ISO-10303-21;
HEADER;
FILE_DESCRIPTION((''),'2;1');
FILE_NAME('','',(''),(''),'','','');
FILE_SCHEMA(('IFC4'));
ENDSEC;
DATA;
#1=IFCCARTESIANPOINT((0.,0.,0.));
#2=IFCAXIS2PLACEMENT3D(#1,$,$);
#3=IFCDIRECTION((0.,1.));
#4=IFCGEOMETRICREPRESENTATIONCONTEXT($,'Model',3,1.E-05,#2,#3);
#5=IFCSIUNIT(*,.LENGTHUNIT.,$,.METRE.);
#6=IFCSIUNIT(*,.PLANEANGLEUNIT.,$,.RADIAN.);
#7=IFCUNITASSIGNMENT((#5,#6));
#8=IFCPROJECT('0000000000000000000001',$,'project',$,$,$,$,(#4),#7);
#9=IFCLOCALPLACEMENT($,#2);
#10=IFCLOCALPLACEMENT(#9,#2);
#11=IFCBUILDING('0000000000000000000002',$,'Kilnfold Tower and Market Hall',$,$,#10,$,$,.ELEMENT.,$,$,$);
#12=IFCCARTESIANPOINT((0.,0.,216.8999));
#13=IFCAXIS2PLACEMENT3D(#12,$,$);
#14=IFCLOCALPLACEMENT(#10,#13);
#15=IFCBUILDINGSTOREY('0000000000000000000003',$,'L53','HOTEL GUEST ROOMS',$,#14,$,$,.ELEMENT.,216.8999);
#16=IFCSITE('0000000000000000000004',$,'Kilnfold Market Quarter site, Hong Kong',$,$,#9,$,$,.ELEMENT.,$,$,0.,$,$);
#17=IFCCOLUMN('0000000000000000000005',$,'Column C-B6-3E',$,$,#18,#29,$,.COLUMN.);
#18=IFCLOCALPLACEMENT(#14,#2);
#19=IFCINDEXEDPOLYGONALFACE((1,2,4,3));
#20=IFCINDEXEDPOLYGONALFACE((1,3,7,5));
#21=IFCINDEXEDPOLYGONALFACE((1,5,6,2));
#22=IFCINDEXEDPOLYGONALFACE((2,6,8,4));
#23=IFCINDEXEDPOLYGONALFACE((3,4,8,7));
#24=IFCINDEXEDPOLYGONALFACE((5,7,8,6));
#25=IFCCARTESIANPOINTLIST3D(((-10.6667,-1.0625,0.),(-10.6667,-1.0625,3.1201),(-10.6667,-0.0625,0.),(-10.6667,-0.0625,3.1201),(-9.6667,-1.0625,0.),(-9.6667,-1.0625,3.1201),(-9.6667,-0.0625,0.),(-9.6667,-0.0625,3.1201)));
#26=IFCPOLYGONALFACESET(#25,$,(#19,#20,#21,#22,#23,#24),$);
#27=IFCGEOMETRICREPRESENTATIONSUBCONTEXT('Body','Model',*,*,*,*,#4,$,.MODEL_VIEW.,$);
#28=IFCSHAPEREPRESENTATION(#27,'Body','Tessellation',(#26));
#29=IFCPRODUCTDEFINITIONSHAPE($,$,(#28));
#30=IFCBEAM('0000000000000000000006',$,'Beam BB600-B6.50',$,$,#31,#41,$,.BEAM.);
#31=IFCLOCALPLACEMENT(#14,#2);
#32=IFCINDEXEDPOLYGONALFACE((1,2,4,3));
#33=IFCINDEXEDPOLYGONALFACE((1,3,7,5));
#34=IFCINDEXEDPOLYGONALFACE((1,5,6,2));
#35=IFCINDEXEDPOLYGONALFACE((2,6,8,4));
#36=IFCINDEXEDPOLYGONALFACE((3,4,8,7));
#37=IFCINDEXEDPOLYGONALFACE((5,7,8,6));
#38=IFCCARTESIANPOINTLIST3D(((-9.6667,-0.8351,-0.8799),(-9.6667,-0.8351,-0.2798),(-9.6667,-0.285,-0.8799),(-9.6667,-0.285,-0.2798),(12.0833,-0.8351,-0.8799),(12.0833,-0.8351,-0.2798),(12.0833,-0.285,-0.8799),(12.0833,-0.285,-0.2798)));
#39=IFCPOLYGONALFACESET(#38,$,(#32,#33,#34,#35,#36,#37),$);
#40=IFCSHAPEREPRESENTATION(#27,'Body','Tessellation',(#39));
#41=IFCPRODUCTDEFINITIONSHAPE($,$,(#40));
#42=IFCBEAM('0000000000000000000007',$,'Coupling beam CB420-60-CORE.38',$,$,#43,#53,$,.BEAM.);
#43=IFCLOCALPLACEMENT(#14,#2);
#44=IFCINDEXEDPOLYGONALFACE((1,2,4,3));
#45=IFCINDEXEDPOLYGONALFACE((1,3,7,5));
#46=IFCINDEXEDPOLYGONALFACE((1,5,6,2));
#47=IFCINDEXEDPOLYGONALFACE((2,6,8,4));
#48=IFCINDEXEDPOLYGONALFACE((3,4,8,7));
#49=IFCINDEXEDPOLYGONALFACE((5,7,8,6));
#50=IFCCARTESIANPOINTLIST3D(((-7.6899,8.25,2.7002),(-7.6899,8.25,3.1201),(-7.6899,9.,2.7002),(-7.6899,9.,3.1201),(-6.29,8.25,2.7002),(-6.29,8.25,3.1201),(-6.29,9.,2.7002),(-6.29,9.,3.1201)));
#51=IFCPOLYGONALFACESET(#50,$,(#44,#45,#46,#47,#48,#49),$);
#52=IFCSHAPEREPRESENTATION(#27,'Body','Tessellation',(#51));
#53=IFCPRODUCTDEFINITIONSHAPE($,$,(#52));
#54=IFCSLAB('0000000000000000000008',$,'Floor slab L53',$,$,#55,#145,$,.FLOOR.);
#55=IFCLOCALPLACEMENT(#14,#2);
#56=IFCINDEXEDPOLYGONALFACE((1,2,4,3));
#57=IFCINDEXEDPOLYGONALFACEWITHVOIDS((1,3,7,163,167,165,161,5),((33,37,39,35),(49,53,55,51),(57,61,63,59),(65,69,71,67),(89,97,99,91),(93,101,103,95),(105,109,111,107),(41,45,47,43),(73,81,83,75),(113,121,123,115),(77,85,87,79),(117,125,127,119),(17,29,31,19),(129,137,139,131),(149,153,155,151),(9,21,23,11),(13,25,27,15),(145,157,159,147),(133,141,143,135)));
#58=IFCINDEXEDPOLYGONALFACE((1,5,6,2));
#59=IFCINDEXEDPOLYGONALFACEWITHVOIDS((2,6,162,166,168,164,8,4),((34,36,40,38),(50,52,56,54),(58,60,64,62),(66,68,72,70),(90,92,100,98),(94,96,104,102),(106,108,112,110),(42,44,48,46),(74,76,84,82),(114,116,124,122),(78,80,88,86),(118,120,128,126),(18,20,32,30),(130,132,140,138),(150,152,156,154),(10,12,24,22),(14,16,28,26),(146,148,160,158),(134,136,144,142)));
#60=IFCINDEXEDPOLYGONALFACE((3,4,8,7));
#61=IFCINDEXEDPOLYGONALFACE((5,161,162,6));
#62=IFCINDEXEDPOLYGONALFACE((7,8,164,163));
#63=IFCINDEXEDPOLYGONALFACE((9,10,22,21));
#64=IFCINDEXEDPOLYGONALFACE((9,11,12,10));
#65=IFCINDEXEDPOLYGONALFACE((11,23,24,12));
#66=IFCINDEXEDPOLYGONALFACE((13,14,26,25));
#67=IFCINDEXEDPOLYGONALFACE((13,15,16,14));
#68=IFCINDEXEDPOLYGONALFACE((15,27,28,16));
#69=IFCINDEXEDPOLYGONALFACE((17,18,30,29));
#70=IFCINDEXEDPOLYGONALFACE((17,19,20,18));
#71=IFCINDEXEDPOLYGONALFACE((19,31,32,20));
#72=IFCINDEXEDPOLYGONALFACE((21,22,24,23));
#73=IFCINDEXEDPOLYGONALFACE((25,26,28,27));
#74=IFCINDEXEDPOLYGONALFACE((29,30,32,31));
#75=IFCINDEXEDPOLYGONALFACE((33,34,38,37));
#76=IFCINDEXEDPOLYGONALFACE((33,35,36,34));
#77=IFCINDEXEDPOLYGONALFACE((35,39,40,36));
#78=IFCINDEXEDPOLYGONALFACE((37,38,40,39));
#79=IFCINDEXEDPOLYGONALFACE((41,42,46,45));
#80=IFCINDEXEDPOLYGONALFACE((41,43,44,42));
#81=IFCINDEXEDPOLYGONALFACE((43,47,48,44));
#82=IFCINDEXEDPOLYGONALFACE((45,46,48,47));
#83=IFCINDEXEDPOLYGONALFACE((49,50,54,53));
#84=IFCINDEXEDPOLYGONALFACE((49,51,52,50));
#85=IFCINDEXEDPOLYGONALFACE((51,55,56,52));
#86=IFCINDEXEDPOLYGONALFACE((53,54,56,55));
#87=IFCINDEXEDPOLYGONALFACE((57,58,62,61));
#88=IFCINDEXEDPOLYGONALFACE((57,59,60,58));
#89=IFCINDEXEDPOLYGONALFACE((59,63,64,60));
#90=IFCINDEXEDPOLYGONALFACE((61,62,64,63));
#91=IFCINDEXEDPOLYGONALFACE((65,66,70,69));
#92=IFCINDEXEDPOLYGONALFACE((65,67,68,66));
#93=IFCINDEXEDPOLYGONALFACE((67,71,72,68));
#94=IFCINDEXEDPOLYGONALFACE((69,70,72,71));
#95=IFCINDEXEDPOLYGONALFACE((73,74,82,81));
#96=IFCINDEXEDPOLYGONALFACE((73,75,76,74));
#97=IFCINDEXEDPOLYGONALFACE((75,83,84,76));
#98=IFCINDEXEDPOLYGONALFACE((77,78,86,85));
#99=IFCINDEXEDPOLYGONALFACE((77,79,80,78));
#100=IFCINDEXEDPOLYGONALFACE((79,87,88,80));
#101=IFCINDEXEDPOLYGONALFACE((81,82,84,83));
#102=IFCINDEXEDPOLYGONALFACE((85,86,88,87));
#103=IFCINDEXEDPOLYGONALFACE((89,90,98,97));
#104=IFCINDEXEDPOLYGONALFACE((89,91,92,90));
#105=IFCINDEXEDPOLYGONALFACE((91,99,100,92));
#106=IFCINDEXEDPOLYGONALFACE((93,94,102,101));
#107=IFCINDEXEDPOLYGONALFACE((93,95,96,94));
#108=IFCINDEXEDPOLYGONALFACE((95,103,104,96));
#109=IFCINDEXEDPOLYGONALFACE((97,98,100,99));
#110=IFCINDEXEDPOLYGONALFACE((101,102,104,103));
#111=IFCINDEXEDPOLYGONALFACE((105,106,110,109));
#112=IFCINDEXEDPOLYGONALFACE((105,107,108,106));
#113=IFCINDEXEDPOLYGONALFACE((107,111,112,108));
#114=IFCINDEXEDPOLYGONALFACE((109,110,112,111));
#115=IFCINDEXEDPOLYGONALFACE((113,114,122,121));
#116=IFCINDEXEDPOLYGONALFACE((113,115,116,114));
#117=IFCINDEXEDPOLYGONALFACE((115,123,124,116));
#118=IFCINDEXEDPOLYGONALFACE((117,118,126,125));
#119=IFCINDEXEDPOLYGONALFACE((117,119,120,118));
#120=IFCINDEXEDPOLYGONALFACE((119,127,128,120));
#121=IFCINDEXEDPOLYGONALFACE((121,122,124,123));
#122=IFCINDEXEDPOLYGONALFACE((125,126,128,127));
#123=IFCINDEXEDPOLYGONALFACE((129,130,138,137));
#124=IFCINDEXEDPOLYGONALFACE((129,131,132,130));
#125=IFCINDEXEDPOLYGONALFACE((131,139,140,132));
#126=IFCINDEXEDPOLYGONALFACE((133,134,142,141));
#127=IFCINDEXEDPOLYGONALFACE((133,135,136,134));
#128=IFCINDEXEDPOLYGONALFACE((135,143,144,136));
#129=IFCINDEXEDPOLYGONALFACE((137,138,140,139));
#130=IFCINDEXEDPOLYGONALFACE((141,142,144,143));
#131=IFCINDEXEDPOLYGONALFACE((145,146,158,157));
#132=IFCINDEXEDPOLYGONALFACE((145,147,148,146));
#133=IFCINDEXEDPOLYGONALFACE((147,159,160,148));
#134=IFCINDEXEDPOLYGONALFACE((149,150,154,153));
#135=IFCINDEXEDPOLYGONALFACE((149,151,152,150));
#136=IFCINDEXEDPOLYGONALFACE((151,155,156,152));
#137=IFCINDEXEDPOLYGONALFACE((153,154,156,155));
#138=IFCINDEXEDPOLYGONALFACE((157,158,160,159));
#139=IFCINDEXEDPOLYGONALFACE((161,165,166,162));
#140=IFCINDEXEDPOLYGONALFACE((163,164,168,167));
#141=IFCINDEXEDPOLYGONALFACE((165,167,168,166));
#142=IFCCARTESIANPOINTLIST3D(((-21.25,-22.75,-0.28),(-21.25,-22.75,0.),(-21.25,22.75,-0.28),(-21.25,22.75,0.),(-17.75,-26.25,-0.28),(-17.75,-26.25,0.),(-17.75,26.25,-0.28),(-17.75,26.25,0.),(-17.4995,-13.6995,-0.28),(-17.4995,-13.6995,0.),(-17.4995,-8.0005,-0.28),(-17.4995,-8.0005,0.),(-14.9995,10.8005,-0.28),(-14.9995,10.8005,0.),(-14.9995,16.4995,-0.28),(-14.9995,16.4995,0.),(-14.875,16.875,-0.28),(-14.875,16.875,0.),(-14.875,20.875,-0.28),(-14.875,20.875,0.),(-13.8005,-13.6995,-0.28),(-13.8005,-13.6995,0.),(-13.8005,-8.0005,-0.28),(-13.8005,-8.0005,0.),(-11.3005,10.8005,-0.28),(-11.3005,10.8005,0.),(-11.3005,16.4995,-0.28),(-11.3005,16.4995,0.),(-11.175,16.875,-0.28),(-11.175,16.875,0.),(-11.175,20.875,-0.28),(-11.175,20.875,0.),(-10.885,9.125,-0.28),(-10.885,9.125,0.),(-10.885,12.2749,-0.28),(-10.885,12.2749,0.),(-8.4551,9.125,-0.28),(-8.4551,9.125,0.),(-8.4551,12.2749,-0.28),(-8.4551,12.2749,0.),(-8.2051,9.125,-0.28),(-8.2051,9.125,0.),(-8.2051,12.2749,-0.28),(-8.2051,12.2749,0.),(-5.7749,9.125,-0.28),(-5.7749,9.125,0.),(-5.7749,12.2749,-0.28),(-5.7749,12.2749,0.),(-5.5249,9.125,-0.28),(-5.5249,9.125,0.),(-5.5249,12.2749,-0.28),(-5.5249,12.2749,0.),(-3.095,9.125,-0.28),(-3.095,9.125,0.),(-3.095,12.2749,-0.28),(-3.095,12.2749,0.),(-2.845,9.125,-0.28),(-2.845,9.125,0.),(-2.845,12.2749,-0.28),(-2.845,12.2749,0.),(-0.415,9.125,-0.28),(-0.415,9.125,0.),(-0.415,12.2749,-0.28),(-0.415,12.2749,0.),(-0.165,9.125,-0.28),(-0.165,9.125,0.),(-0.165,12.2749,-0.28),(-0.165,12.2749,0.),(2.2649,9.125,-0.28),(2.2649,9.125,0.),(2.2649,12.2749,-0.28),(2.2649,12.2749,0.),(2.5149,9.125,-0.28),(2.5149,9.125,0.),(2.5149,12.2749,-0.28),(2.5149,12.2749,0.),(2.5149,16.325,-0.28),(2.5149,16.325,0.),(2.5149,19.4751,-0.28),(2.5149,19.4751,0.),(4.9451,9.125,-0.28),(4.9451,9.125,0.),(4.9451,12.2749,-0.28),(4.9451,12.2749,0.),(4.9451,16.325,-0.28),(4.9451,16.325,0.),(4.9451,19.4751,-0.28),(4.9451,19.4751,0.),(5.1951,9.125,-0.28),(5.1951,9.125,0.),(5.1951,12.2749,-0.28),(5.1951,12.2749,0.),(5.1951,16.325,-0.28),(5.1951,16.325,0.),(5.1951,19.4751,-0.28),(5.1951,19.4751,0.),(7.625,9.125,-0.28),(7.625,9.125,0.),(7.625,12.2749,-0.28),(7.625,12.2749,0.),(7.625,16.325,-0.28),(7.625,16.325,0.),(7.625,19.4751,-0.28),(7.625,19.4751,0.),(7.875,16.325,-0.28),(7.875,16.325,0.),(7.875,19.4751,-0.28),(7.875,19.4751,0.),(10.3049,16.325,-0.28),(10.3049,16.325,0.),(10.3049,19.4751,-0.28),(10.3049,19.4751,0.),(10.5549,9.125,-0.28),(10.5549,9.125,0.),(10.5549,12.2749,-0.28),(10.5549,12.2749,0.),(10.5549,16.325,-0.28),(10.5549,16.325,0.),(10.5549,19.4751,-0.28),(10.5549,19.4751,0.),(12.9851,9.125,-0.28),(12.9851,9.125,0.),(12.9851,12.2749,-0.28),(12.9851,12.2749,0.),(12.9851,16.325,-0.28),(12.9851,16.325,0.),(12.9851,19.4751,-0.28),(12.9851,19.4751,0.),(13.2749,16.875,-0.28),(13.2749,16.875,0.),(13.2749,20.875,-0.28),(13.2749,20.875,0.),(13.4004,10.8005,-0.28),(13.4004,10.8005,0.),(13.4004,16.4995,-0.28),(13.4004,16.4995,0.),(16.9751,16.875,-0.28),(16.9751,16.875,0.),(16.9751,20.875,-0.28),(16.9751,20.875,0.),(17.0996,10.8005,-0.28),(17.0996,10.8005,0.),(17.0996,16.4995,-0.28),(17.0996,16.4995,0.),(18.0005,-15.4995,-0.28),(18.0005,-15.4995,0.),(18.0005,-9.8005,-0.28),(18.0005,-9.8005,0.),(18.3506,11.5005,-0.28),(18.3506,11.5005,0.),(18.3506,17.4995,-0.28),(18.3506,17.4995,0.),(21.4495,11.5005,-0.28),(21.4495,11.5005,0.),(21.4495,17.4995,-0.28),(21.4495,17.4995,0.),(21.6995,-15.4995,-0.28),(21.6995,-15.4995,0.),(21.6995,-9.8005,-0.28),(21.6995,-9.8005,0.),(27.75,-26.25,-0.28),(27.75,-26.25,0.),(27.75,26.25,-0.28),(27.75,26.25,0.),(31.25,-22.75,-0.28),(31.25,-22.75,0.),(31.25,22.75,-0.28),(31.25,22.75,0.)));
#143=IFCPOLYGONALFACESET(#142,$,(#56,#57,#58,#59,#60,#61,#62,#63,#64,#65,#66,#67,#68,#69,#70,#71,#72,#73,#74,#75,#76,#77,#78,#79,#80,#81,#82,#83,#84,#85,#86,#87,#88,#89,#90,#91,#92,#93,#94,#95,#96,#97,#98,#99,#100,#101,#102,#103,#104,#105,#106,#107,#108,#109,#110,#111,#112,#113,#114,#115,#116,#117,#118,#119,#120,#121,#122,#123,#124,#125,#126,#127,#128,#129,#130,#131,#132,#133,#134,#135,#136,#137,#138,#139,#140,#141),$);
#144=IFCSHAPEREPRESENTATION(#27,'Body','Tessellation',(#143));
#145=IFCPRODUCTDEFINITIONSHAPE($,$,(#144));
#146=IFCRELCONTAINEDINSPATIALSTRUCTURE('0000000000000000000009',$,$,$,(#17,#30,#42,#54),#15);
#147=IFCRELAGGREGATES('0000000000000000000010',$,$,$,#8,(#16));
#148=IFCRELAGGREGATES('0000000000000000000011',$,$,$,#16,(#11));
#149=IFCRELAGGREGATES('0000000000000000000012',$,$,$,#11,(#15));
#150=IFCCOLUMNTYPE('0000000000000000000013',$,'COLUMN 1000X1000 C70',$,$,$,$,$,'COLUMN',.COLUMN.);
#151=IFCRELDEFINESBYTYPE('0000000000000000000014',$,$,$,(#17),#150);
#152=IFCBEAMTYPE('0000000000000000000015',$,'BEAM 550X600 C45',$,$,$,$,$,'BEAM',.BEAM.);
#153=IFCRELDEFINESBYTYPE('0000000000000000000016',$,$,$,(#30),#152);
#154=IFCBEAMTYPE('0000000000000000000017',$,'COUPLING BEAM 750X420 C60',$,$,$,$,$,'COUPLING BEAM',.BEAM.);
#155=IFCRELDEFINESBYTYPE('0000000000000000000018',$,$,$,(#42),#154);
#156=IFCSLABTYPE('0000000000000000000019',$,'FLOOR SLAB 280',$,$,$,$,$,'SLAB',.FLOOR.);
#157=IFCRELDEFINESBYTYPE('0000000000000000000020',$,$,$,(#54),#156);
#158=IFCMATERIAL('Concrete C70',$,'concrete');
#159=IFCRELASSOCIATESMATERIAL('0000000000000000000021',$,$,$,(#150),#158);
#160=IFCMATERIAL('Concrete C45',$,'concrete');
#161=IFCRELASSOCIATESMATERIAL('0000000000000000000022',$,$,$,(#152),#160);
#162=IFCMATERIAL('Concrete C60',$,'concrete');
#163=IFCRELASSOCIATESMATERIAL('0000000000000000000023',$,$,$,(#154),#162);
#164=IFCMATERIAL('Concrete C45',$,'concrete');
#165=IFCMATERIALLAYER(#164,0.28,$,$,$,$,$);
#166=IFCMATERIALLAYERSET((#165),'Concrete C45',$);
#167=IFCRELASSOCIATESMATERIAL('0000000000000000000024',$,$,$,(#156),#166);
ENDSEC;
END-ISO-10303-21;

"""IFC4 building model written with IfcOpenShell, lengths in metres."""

from ifc_helpers import new_model, si_unit, direction, frame, origin, origin_2d, place, context, subcontext, project, spatial, polyline, rectangle, outline, extrude, source, transform, mapped, material, layer, layer_set, material_profile, profile_set, type_object, element, save


model = new_model("IFC4")

# Units and contexts
model_context = context("Model", 3, precision=1e-05, world=origin(), true_north=direction((0.0, 1.0)))
body_context = subcontext(model_context, "Body", "Model", "MODEL_VIEW")
ifc_project = project(units=[si_unit("LENGTHUNIT", "METRE"), si_unit("PLANEANGLEUNIT", "RADIAN")], contexts=[model_context])

# Site, building, storey
site_placement = place(None, origin())
site = spatial("IfcSite", under=ifc_project, at=site_placement, Name="Kilnfold Market Quarter site, Hong Kong", CompositionType="ELEMENT", RefElevation=0.0)
building_placement = place(site_placement, origin())
building = spatial("IfcBuilding", under=site, at=building_placement, Name="Kilnfold Tower and Market Hall", CompositionType="ELEMENT")
storey_placement = place(building_placement, frame((0.0, 0.0, 216.8999)))
storey = spatial("IfcBuildingStorey", under=building, at=storey_placement, Name="L53", Description="HOTEL GUEST ROOMS", CompositionType="ELEMENT", Elevation=216.8999)

# Column
ifc_material_1 = material(Name="Concrete C70", Category="concrete")
ifc_material_profile_1 = material_profile(ifc_material_1, rectangle(XDim=1.0, YDim=1.0, at=origin_2d()), Name="RC 1000x1000")
ifc_profile_set_1 = profile_set([ifc_material_profile_1], Name="Concrete C70")
column_type = type_object("IfcColumnType", Name="COLUMN 1000X1000 C70", ElementType="COLUMN", PredefinedType="COLUMN", material=ifc_profile_set_1)
shared_shape_1 = source(origin(), body_context, "Body", "SweptSolid", [
    extrude(rectangle(XDim=1.0, YDim=1.0, at=origin_2d()), origin(), (0.0, 0.0, 1.0), 3.1201),
])
column_placement = place(storey_placement, frame((-10.1667, -0.5625, 0.0), z_axis=(0.0, 0.0, 1.0), x_axis=(1.0, 0.0, 0.0)))
element("IfcColumn", 1, at=column_placement, inside=storey, type_object=column_type, Name="Column C-B6-3E", PredefinedType="COLUMN", context=body_context, shape_type="MappedRepresentation", body=[
    mapped(shared_shape_1, transform((0.0, 0.0, 0.0))),
])

# Beams
ifc_material_2 = material(Name="Concrete C45", Category="concrete")
ifc_material_profile_2 = material_profile(ifc_material_2, rectangle(XDim=0.55, YDim=0.6001, at=origin_2d()), Name="RC 550x600")
ifc_profile_set_2 = profile_set([ifc_material_profile_2], Name="Concrete C45")
beam_type_1 = type_object("IfcBeamType", Name="BEAM 550X600 C45", ElementType="BEAM", PredefinedType="BEAM", material=ifc_profile_set_2)
shared_shape_2 = source(origin(), body_context, "Body", "SweptSolid", [
    extrude(rectangle(XDim=0.55, YDim=0.6001, at=origin_2d()), origin(), (0.0, 0.0, 1.0), 21.75),
])
beam_1_placement = place(storey_placement, frame((-9.6667, -0.5601, -0.5798), z_axis=(1.0, 0.0, 0.0), x_axis=(0.0, 1.0, 0.0)))
element("IfcBeam", 2, at=beam_1_placement, inside=storey, type_object=beam_type_1, Name="Beam BB600-B6.50", PredefinedType="BEAM", context=body_context, shape_type="MappedRepresentation", body=[
    mapped(shared_shape_2, transform((0.0, 0.0, 0.0))),
])
ifc_material_3 = material(Name="Concrete C60", Category="concrete")
ifc_material_profile_3 = material_profile(ifc_material_3, rectangle(XDim=0.75, YDim=0.4199, at=origin_2d()), Name="RC 750x420")
ifc_profile_set_3 = profile_set([ifc_material_profile_3], Name="Concrete C60")
beam_type_2 = type_object("IfcBeamType", Name="COUPLING BEAM 750X420 C60", ElementType="COUPLING BEAM", PredefinedType="BEAM", material=ifc_profile_set_3)
shared_shape_3 = source(origin(), body_context, "Body", "SweptSolid", [
    extrude(rectangle(XDim=0.75, YDim=0.4199, at=origin_2d()), origin(), (0.0, 0.0, 1.0), 1.3999),
])
beam_2_placement = place(storey_placement, frame((-7.6899, 8.625, 2.9102), z_axis=(1.0, 0.0, 0.0), x_axis=(0.0, 1.0, 0.0)))
element("IfcBeam", 3, at=beam_2_placement, inside=storey, type_object=beam_type_2, Name="Coupling beam CB420-60-CORE.38", PredefinedType="BEAM", context=body_context, shape_type="MappedRepresentation", body=[
    mapped(shared_shape_3, transform((0.0, 0.0, 0.0))),
])

# Slab
ifc_material_4 = material(Name="Concrete C45", Category="concrete")
ifc_layer_1 = layer(ifc_material_4, 0.28)
ifc_layer_set_1 = layer_set([ifc_layer_1], Name="Concrete C45")
slab_type_1 = type_object("IfcSlabType", Name="FLOOR SLAB 280", ElementType="SLAB", PredefinedType="FLOOR", material=ifc_layer_set_1)
shared_shape_4 = source(origin(), body_context, "Body", "SweptSolid", [
    extrude(outline(polyline([(-17.75, -26.25), (27.75, -26.25), (31.25, -22.75), (31.25, 22.75), (27.75, 26.25), (-17.75, 26.25), (-21.25, 22.75), (-21.25, -22.75), (-17.75, -26.25)]), holes=[polyline([(-13.8005, -13.6995), (-17.4995, -13.6995), (-17.4995, -8.0005), (-13.8005, -8.0005), (-13.8005, -13.6995)]), polyline([(-14.9995, 10.8005), (-14.9995, 16.4995), (-11.3005, 16.4995), (-11.3005, 10.8005), (-14.9995, 10.8005)]), polyline([(-11.175, 16.875), (-14.875, 16.875), (-14.875, 20.875), (-11.175, 20.875), (-11.175, 16.875)]), polyline([(-8.4551, 9.125), (-10.885, 9.125), (-10.885, 12.2749), (-8.4551, 12.2749), (-8.4551, 9.125)]), polyline([(-5.7749, 9.125), (-8.2051, 9.125), (-8.2051, 12.2749), (-5.7749, 12.2749), (-5.7749, 9.125)]), polyline([(-3.095, 9.125), (-5.5249, 9.125), (-5.5249, 12.2749), (-3.095, 12.2749), (-3.095, 9.125)]), polyline([(-0.415, 9.125), (-2.845, 9.125), (-2.845, 12.2749), (-0.415, 12.2749), (-0.415, 9.125)]), polyline([(2.2649, 9.125), (-0.165, 9.125), (-0.165, 12.2749), (2.2649, 12.2749), (2.2649, 9.125)]), polyline([(4.9451, 9.125), (2.5149, 9.125), (2.5149, 12.2749), (4.9451, 12.2749), (4.9451, 9.125)]), polyline([(2.5149, 16.325), (2.5149, 19.4751), (4.9451, 19.4751), (4.9451, 16.325), (2.5149, 16.325)]), polyline([(7.625, 9.125), (5.1951, 9.125), (5.1951, 12.2749), (7.625, 12.2749), (7.625, 9.125)]), polyline([(7.625, 16.325), (5.1951, 16.325), (5.1951, 19.4751), (7.625, 19.4751), (7.625, 16.325)]), polyline([(10.3049, 16.325), (7.875, 16.325), (7.875, 19.4751), (10.3049, 19.4751), (10.3049, 16.325)]), polyline([(10.5549, 9.125), (10.5549, 12.2749), (12.9851, 12.2749), (12.9851, 9.125), (10.5549, 9.125)]), polyline([(10.5549, 16.325), (10.5549, 19.4751), (12.9851, 19.4751), (12.9851, 16.325), (10.5549, 16.325)]), polyline([(13.2749, 16.875), (13.2749, 20.875), (16.9751, 20.875), (16.9751, 16.875), (13.2749, 16.875)]), polyline([(13.4004, 10.8005), (13.4004, 16.4995), (17.0996, 16.4995), (17.0996, 10.8005), (13.4004, 10.8005)]), polyline([(18.0005, -9.8005), (21.6995, -9.8005), (21.6995, -15.4995), (18.0005, -15.4995), (18.0005, -9.8005)]), polyline([(21.4495, 11.5005), (18.3506, 11.5005), (18.3506, 17.4995), (21.4495, 17.4995), (21.4495, 11.5005)])]), origin(), (0.0, 0.0, 1.0), 0.28),
])
slab_1_placement = place(storey_placement, frame((0.0, 0.0, -0.28)))
element("IfcSlab", 4, at=slab_1_placement, inside=storey, type_object=slab_type_1, Name="Floor slab L53", PredefinedType="FLOOR", context=body_context, shape_type="MappedRepresentation", body=[
    mapped(shared_shape_4, transform((0.0, 0.0, 0.0))),
])

save(model, "model.ifc")
